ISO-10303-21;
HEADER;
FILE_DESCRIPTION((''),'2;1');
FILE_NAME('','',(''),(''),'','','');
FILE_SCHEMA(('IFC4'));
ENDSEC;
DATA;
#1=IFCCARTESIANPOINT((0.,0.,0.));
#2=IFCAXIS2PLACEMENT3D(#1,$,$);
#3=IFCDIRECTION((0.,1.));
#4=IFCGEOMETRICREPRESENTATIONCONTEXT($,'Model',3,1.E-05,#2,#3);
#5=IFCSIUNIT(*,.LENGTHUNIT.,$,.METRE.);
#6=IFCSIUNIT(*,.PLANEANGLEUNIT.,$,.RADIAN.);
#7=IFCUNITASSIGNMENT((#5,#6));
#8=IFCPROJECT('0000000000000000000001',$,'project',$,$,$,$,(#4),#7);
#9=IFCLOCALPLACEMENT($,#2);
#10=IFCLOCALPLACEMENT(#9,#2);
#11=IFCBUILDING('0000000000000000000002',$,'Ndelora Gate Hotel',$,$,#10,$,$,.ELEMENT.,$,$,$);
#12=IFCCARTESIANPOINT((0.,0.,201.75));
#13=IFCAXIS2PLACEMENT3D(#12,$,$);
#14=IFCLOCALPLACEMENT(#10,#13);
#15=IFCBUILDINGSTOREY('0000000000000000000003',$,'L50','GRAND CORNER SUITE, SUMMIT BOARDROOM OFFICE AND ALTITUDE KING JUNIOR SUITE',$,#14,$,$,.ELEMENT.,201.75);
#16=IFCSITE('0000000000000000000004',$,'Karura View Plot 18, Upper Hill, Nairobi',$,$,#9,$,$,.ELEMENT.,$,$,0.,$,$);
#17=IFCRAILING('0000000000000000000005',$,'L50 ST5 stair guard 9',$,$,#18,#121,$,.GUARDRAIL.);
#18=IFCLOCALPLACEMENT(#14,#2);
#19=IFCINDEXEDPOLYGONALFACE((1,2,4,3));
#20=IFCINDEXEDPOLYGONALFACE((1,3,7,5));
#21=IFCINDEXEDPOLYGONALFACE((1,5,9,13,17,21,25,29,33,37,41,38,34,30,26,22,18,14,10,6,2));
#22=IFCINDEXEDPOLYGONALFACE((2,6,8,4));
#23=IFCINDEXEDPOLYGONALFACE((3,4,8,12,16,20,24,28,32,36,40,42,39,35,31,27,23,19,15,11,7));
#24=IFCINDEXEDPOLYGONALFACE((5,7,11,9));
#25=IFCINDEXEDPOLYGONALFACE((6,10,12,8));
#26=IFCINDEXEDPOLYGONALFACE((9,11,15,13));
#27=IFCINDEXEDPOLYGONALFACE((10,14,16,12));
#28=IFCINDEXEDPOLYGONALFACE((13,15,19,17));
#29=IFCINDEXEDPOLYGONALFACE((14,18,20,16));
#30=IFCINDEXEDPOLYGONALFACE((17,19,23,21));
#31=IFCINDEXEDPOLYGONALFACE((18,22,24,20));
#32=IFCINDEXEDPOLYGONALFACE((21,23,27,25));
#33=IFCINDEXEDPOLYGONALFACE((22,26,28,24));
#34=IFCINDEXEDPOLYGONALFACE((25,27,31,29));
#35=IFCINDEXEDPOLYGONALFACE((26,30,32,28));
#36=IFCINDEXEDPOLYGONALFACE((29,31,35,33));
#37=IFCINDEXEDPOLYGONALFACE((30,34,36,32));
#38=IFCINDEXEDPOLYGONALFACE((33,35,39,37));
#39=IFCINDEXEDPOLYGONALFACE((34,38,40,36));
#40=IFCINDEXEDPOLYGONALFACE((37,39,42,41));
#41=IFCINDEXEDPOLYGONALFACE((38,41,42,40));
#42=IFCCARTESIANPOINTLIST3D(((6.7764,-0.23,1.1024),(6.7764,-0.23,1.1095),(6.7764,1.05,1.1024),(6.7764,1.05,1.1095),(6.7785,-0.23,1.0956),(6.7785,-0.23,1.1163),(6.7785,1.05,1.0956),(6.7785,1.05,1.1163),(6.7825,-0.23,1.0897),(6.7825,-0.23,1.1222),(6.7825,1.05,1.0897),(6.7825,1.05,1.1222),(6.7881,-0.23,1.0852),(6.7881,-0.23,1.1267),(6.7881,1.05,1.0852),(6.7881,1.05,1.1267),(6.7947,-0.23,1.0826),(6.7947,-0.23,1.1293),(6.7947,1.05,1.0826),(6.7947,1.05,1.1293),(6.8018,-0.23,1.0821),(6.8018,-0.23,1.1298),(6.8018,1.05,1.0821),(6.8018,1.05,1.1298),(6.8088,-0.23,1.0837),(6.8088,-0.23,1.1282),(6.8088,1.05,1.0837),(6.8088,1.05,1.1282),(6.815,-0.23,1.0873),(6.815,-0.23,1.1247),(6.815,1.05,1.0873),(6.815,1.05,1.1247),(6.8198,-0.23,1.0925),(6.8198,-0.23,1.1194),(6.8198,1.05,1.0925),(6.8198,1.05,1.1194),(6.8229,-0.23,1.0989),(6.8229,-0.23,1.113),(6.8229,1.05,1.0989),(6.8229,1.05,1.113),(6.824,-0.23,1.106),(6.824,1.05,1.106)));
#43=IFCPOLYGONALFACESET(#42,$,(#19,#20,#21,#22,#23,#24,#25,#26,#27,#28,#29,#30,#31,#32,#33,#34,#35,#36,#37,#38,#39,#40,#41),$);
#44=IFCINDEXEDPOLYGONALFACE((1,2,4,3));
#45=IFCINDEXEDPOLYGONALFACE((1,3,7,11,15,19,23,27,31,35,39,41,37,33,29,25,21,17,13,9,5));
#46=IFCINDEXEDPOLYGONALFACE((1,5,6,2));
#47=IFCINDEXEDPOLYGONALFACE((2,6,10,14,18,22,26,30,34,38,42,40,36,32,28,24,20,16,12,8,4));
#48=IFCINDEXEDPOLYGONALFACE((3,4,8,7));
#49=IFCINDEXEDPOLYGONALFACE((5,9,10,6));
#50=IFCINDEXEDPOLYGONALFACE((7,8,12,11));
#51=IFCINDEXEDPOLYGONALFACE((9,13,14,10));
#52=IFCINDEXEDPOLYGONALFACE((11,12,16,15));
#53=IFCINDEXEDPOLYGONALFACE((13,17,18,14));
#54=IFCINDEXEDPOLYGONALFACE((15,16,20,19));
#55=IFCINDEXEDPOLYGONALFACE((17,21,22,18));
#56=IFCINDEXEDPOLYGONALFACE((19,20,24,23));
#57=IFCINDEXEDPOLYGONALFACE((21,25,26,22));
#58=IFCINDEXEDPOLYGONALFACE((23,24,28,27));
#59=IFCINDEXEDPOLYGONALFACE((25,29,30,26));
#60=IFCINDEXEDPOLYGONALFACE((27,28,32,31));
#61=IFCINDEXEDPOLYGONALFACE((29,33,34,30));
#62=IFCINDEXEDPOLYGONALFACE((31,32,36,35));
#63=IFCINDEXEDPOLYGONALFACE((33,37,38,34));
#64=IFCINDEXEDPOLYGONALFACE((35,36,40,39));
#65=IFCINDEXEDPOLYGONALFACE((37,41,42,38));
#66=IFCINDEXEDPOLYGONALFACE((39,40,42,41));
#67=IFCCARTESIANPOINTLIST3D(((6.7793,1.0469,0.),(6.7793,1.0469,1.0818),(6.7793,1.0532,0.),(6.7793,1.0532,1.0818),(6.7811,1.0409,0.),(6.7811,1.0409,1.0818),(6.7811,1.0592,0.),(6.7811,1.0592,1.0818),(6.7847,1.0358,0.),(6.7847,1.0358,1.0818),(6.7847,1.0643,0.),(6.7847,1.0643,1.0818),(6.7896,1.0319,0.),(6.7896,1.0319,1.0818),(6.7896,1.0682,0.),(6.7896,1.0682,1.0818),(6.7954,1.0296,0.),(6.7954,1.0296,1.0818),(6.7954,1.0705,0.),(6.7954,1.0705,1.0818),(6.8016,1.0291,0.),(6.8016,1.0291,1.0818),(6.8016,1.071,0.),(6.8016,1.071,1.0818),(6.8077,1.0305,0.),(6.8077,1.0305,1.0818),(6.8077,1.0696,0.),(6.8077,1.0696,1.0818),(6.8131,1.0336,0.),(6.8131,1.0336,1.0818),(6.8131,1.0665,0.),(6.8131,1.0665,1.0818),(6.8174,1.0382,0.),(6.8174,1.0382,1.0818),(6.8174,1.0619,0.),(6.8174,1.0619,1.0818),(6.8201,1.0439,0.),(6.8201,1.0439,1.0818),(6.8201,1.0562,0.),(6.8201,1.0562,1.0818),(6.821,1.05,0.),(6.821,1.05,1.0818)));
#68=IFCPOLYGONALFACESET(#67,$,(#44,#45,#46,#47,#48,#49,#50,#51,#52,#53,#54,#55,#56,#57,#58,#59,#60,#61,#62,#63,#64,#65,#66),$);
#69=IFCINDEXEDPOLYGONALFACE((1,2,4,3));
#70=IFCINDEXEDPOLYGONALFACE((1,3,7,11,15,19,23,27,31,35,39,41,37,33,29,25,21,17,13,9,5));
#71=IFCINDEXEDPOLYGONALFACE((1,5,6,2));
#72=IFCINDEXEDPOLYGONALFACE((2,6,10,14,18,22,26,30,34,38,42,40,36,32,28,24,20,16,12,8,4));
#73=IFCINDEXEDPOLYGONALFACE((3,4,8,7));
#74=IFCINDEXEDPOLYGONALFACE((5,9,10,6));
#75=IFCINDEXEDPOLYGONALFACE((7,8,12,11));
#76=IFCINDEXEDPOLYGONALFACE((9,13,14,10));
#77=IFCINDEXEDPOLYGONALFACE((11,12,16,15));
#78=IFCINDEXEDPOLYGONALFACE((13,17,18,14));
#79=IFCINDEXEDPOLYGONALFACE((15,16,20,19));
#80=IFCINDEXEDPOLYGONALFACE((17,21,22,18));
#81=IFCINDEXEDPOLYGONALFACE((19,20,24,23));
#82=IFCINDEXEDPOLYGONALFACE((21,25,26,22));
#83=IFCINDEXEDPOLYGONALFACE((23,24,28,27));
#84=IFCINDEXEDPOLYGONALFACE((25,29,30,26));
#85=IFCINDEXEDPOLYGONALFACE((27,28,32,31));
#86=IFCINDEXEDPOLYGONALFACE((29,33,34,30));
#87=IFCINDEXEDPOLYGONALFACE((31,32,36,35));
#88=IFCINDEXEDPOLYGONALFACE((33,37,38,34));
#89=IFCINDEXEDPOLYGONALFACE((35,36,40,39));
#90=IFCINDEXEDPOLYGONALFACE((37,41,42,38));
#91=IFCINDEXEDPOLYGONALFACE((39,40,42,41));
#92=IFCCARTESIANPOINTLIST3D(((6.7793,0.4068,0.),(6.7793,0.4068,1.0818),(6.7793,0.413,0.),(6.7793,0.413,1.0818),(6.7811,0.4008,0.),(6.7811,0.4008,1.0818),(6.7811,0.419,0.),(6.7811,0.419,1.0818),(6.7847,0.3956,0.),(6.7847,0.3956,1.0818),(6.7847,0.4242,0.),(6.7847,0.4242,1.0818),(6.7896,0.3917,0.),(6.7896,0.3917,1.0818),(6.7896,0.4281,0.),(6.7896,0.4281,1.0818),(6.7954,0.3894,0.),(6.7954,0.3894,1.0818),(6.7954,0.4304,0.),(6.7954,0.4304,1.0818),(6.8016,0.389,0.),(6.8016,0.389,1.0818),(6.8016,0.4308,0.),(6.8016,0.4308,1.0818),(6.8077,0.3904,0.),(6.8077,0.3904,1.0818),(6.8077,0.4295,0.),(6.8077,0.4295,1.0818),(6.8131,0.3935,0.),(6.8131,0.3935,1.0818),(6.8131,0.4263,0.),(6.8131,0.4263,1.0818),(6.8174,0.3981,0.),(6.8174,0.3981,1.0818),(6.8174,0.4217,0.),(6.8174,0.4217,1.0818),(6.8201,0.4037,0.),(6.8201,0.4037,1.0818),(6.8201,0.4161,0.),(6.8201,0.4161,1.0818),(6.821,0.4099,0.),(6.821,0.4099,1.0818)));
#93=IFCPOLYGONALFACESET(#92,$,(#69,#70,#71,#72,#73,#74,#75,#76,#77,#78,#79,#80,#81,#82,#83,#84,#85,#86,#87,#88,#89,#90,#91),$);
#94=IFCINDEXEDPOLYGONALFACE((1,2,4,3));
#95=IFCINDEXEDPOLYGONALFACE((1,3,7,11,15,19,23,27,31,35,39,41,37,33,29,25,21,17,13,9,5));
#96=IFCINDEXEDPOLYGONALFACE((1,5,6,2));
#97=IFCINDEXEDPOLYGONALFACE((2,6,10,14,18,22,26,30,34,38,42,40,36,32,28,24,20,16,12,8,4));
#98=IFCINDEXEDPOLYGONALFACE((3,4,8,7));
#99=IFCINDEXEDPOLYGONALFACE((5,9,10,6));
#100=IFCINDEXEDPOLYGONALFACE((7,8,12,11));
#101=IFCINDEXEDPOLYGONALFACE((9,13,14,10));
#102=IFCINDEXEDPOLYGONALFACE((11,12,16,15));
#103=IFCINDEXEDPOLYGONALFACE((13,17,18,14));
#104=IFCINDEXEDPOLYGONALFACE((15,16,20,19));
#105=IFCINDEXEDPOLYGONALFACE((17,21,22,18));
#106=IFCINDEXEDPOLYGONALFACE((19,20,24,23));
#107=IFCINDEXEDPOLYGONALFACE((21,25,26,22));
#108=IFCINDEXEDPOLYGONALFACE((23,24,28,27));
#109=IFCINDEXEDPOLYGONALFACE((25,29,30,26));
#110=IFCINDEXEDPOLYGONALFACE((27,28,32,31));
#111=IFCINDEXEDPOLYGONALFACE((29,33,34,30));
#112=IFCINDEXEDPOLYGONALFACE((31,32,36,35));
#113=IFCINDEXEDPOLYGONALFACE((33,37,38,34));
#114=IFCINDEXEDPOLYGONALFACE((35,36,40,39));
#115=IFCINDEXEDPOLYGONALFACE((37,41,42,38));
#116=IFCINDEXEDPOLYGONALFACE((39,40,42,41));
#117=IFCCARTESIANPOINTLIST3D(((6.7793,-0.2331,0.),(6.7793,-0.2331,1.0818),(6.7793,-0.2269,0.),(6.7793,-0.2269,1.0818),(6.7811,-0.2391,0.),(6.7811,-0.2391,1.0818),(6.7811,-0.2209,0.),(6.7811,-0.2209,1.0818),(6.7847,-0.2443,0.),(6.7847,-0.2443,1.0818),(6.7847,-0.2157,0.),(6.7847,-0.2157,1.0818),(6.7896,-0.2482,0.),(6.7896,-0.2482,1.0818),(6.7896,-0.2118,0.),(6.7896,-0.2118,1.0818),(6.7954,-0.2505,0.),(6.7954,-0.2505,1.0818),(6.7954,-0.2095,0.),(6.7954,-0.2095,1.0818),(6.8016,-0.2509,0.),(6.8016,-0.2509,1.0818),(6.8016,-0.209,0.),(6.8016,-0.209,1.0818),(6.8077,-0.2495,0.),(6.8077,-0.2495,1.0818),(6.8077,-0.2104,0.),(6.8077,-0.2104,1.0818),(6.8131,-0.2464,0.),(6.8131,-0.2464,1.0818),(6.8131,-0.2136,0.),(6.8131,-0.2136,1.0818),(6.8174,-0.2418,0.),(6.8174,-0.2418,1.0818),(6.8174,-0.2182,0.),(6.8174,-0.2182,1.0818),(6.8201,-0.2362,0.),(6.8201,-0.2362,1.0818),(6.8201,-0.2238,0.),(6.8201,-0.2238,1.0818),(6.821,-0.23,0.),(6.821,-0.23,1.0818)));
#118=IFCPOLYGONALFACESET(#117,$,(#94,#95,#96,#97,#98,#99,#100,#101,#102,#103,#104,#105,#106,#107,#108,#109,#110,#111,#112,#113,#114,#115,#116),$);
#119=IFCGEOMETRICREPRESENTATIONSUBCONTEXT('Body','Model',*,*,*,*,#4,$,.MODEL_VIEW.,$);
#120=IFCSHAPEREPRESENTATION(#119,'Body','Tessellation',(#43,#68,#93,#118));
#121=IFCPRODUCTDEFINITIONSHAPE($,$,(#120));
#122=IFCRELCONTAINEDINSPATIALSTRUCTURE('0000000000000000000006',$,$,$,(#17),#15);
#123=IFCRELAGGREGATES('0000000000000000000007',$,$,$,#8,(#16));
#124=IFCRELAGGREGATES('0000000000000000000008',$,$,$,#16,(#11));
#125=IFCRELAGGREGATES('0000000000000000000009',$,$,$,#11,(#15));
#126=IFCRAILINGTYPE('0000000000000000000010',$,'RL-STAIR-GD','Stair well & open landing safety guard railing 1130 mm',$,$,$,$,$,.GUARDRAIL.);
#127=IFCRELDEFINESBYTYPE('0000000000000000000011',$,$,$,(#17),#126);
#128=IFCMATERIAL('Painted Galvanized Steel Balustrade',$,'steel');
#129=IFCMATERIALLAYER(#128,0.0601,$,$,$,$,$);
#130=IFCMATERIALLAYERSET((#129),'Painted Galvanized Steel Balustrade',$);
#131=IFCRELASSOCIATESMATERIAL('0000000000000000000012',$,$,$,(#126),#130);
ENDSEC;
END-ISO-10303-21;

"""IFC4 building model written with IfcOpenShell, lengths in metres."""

from ifc_helpers import new_model, si_unit, direction, frame, origin, origin_2d, place, context, subcontext, project, spatial, circle, extrude, material, layer, layer_set, type_object, element, save


model = new_model("IFC4")

# Units and contexts
model_context = context("Model", 3, precision=1e-05, world=origin(), true_north=direction((0.0, 1.0)))
body_context = subcontext(model_context, "Body", "Model", "MODEL_VIEW")
ifc_project = project(units=[si_unit("LENGTHUNIT", "METRE"), si_unit("PLANEANGLEUNIT", "RADIAN")], contexts=[model_context])

# Site, building, storey
site_placement = place(None, origin())
site = spatial("IfcSite", under=ifc_project, at=site_placement, Name="Karura View Plot 18, Upper Hill, Nairobi", CompositionType="ELEMENT", RefElevation=0.0)
building_placement = place(site_placement, origin())
building = spatial("IfcBuilding", under=site, at=building_placement, Name="Ndelora Gate Hotel", CompositionType="ELEMENT")
storey_placement = place(building_placement, frame((0.0, 0.0, 201.75)))
storey = spatial("IfcBuildingStorey", under=building, at=storey_placement, Name="L50", Description="GRAND CORNER SUITE, SUMMIT BOARDROOM OFFICE AND ALTITUDE KING JUNIOR SUITE", CompositionType="ELEMENT", Elevation=201.75)

# Railing
ifc_material_1 = material(Name="Painted Galvanized Steel Balustrade", Category="steel")
ifc_layer_1 = layer(ifc_material_1, 0.0601)
ifc_layer_set_1 = layer_set([ifc_layer_1], Name="Painted Galvanized Steel Balustrade")
railing_type = type_object("IfcRailingType", Name="RL-STAIR-GD", Description="Stair well & open landing safety guard railing 1130 mm", PredefinedType="GUARDRAIL", material=ifc_layer_set_1)
for number, where, name in (
    (1, (6.8, 1.05, 0.0), "L50 ST5 stair guard 9"),
):
    element("IfcRailing", number, at=place(storey_placement, frame(where)), inside=storey, type_object=railing_type, Name=name, PredefinedType="GUARDRAIL", context=body_context, shape_type="SweptSolid", body=[
        extrude(circle(Radius=0.0239, at=origin_2d()), frame((0.0, 0.0, 1.106), z_axis=(0.0, -1.0, 0.0), x_axis=(1.0, 0.0, 0.0)), (0.0, 0.0, 1.0), 1.28),
        extrude(circle(Radius=0.021, at=origin_2d()), origin(), (0.0, 0.0, 1.0), 1.0818),
        extrude(circle(Radius=0.021, at=origin_2d()), frame((0.0, -0.6401, 0.0)), (0.0, 0.0, 1.0), 1.0818),
        extrude(circle(Radius=0.021, at=origin_2d()), frame((0.0, -1.28, 0.0)), (0.0, 0.0, 1.0), 1.0818),
    ])

save(model, "model.ifc")
